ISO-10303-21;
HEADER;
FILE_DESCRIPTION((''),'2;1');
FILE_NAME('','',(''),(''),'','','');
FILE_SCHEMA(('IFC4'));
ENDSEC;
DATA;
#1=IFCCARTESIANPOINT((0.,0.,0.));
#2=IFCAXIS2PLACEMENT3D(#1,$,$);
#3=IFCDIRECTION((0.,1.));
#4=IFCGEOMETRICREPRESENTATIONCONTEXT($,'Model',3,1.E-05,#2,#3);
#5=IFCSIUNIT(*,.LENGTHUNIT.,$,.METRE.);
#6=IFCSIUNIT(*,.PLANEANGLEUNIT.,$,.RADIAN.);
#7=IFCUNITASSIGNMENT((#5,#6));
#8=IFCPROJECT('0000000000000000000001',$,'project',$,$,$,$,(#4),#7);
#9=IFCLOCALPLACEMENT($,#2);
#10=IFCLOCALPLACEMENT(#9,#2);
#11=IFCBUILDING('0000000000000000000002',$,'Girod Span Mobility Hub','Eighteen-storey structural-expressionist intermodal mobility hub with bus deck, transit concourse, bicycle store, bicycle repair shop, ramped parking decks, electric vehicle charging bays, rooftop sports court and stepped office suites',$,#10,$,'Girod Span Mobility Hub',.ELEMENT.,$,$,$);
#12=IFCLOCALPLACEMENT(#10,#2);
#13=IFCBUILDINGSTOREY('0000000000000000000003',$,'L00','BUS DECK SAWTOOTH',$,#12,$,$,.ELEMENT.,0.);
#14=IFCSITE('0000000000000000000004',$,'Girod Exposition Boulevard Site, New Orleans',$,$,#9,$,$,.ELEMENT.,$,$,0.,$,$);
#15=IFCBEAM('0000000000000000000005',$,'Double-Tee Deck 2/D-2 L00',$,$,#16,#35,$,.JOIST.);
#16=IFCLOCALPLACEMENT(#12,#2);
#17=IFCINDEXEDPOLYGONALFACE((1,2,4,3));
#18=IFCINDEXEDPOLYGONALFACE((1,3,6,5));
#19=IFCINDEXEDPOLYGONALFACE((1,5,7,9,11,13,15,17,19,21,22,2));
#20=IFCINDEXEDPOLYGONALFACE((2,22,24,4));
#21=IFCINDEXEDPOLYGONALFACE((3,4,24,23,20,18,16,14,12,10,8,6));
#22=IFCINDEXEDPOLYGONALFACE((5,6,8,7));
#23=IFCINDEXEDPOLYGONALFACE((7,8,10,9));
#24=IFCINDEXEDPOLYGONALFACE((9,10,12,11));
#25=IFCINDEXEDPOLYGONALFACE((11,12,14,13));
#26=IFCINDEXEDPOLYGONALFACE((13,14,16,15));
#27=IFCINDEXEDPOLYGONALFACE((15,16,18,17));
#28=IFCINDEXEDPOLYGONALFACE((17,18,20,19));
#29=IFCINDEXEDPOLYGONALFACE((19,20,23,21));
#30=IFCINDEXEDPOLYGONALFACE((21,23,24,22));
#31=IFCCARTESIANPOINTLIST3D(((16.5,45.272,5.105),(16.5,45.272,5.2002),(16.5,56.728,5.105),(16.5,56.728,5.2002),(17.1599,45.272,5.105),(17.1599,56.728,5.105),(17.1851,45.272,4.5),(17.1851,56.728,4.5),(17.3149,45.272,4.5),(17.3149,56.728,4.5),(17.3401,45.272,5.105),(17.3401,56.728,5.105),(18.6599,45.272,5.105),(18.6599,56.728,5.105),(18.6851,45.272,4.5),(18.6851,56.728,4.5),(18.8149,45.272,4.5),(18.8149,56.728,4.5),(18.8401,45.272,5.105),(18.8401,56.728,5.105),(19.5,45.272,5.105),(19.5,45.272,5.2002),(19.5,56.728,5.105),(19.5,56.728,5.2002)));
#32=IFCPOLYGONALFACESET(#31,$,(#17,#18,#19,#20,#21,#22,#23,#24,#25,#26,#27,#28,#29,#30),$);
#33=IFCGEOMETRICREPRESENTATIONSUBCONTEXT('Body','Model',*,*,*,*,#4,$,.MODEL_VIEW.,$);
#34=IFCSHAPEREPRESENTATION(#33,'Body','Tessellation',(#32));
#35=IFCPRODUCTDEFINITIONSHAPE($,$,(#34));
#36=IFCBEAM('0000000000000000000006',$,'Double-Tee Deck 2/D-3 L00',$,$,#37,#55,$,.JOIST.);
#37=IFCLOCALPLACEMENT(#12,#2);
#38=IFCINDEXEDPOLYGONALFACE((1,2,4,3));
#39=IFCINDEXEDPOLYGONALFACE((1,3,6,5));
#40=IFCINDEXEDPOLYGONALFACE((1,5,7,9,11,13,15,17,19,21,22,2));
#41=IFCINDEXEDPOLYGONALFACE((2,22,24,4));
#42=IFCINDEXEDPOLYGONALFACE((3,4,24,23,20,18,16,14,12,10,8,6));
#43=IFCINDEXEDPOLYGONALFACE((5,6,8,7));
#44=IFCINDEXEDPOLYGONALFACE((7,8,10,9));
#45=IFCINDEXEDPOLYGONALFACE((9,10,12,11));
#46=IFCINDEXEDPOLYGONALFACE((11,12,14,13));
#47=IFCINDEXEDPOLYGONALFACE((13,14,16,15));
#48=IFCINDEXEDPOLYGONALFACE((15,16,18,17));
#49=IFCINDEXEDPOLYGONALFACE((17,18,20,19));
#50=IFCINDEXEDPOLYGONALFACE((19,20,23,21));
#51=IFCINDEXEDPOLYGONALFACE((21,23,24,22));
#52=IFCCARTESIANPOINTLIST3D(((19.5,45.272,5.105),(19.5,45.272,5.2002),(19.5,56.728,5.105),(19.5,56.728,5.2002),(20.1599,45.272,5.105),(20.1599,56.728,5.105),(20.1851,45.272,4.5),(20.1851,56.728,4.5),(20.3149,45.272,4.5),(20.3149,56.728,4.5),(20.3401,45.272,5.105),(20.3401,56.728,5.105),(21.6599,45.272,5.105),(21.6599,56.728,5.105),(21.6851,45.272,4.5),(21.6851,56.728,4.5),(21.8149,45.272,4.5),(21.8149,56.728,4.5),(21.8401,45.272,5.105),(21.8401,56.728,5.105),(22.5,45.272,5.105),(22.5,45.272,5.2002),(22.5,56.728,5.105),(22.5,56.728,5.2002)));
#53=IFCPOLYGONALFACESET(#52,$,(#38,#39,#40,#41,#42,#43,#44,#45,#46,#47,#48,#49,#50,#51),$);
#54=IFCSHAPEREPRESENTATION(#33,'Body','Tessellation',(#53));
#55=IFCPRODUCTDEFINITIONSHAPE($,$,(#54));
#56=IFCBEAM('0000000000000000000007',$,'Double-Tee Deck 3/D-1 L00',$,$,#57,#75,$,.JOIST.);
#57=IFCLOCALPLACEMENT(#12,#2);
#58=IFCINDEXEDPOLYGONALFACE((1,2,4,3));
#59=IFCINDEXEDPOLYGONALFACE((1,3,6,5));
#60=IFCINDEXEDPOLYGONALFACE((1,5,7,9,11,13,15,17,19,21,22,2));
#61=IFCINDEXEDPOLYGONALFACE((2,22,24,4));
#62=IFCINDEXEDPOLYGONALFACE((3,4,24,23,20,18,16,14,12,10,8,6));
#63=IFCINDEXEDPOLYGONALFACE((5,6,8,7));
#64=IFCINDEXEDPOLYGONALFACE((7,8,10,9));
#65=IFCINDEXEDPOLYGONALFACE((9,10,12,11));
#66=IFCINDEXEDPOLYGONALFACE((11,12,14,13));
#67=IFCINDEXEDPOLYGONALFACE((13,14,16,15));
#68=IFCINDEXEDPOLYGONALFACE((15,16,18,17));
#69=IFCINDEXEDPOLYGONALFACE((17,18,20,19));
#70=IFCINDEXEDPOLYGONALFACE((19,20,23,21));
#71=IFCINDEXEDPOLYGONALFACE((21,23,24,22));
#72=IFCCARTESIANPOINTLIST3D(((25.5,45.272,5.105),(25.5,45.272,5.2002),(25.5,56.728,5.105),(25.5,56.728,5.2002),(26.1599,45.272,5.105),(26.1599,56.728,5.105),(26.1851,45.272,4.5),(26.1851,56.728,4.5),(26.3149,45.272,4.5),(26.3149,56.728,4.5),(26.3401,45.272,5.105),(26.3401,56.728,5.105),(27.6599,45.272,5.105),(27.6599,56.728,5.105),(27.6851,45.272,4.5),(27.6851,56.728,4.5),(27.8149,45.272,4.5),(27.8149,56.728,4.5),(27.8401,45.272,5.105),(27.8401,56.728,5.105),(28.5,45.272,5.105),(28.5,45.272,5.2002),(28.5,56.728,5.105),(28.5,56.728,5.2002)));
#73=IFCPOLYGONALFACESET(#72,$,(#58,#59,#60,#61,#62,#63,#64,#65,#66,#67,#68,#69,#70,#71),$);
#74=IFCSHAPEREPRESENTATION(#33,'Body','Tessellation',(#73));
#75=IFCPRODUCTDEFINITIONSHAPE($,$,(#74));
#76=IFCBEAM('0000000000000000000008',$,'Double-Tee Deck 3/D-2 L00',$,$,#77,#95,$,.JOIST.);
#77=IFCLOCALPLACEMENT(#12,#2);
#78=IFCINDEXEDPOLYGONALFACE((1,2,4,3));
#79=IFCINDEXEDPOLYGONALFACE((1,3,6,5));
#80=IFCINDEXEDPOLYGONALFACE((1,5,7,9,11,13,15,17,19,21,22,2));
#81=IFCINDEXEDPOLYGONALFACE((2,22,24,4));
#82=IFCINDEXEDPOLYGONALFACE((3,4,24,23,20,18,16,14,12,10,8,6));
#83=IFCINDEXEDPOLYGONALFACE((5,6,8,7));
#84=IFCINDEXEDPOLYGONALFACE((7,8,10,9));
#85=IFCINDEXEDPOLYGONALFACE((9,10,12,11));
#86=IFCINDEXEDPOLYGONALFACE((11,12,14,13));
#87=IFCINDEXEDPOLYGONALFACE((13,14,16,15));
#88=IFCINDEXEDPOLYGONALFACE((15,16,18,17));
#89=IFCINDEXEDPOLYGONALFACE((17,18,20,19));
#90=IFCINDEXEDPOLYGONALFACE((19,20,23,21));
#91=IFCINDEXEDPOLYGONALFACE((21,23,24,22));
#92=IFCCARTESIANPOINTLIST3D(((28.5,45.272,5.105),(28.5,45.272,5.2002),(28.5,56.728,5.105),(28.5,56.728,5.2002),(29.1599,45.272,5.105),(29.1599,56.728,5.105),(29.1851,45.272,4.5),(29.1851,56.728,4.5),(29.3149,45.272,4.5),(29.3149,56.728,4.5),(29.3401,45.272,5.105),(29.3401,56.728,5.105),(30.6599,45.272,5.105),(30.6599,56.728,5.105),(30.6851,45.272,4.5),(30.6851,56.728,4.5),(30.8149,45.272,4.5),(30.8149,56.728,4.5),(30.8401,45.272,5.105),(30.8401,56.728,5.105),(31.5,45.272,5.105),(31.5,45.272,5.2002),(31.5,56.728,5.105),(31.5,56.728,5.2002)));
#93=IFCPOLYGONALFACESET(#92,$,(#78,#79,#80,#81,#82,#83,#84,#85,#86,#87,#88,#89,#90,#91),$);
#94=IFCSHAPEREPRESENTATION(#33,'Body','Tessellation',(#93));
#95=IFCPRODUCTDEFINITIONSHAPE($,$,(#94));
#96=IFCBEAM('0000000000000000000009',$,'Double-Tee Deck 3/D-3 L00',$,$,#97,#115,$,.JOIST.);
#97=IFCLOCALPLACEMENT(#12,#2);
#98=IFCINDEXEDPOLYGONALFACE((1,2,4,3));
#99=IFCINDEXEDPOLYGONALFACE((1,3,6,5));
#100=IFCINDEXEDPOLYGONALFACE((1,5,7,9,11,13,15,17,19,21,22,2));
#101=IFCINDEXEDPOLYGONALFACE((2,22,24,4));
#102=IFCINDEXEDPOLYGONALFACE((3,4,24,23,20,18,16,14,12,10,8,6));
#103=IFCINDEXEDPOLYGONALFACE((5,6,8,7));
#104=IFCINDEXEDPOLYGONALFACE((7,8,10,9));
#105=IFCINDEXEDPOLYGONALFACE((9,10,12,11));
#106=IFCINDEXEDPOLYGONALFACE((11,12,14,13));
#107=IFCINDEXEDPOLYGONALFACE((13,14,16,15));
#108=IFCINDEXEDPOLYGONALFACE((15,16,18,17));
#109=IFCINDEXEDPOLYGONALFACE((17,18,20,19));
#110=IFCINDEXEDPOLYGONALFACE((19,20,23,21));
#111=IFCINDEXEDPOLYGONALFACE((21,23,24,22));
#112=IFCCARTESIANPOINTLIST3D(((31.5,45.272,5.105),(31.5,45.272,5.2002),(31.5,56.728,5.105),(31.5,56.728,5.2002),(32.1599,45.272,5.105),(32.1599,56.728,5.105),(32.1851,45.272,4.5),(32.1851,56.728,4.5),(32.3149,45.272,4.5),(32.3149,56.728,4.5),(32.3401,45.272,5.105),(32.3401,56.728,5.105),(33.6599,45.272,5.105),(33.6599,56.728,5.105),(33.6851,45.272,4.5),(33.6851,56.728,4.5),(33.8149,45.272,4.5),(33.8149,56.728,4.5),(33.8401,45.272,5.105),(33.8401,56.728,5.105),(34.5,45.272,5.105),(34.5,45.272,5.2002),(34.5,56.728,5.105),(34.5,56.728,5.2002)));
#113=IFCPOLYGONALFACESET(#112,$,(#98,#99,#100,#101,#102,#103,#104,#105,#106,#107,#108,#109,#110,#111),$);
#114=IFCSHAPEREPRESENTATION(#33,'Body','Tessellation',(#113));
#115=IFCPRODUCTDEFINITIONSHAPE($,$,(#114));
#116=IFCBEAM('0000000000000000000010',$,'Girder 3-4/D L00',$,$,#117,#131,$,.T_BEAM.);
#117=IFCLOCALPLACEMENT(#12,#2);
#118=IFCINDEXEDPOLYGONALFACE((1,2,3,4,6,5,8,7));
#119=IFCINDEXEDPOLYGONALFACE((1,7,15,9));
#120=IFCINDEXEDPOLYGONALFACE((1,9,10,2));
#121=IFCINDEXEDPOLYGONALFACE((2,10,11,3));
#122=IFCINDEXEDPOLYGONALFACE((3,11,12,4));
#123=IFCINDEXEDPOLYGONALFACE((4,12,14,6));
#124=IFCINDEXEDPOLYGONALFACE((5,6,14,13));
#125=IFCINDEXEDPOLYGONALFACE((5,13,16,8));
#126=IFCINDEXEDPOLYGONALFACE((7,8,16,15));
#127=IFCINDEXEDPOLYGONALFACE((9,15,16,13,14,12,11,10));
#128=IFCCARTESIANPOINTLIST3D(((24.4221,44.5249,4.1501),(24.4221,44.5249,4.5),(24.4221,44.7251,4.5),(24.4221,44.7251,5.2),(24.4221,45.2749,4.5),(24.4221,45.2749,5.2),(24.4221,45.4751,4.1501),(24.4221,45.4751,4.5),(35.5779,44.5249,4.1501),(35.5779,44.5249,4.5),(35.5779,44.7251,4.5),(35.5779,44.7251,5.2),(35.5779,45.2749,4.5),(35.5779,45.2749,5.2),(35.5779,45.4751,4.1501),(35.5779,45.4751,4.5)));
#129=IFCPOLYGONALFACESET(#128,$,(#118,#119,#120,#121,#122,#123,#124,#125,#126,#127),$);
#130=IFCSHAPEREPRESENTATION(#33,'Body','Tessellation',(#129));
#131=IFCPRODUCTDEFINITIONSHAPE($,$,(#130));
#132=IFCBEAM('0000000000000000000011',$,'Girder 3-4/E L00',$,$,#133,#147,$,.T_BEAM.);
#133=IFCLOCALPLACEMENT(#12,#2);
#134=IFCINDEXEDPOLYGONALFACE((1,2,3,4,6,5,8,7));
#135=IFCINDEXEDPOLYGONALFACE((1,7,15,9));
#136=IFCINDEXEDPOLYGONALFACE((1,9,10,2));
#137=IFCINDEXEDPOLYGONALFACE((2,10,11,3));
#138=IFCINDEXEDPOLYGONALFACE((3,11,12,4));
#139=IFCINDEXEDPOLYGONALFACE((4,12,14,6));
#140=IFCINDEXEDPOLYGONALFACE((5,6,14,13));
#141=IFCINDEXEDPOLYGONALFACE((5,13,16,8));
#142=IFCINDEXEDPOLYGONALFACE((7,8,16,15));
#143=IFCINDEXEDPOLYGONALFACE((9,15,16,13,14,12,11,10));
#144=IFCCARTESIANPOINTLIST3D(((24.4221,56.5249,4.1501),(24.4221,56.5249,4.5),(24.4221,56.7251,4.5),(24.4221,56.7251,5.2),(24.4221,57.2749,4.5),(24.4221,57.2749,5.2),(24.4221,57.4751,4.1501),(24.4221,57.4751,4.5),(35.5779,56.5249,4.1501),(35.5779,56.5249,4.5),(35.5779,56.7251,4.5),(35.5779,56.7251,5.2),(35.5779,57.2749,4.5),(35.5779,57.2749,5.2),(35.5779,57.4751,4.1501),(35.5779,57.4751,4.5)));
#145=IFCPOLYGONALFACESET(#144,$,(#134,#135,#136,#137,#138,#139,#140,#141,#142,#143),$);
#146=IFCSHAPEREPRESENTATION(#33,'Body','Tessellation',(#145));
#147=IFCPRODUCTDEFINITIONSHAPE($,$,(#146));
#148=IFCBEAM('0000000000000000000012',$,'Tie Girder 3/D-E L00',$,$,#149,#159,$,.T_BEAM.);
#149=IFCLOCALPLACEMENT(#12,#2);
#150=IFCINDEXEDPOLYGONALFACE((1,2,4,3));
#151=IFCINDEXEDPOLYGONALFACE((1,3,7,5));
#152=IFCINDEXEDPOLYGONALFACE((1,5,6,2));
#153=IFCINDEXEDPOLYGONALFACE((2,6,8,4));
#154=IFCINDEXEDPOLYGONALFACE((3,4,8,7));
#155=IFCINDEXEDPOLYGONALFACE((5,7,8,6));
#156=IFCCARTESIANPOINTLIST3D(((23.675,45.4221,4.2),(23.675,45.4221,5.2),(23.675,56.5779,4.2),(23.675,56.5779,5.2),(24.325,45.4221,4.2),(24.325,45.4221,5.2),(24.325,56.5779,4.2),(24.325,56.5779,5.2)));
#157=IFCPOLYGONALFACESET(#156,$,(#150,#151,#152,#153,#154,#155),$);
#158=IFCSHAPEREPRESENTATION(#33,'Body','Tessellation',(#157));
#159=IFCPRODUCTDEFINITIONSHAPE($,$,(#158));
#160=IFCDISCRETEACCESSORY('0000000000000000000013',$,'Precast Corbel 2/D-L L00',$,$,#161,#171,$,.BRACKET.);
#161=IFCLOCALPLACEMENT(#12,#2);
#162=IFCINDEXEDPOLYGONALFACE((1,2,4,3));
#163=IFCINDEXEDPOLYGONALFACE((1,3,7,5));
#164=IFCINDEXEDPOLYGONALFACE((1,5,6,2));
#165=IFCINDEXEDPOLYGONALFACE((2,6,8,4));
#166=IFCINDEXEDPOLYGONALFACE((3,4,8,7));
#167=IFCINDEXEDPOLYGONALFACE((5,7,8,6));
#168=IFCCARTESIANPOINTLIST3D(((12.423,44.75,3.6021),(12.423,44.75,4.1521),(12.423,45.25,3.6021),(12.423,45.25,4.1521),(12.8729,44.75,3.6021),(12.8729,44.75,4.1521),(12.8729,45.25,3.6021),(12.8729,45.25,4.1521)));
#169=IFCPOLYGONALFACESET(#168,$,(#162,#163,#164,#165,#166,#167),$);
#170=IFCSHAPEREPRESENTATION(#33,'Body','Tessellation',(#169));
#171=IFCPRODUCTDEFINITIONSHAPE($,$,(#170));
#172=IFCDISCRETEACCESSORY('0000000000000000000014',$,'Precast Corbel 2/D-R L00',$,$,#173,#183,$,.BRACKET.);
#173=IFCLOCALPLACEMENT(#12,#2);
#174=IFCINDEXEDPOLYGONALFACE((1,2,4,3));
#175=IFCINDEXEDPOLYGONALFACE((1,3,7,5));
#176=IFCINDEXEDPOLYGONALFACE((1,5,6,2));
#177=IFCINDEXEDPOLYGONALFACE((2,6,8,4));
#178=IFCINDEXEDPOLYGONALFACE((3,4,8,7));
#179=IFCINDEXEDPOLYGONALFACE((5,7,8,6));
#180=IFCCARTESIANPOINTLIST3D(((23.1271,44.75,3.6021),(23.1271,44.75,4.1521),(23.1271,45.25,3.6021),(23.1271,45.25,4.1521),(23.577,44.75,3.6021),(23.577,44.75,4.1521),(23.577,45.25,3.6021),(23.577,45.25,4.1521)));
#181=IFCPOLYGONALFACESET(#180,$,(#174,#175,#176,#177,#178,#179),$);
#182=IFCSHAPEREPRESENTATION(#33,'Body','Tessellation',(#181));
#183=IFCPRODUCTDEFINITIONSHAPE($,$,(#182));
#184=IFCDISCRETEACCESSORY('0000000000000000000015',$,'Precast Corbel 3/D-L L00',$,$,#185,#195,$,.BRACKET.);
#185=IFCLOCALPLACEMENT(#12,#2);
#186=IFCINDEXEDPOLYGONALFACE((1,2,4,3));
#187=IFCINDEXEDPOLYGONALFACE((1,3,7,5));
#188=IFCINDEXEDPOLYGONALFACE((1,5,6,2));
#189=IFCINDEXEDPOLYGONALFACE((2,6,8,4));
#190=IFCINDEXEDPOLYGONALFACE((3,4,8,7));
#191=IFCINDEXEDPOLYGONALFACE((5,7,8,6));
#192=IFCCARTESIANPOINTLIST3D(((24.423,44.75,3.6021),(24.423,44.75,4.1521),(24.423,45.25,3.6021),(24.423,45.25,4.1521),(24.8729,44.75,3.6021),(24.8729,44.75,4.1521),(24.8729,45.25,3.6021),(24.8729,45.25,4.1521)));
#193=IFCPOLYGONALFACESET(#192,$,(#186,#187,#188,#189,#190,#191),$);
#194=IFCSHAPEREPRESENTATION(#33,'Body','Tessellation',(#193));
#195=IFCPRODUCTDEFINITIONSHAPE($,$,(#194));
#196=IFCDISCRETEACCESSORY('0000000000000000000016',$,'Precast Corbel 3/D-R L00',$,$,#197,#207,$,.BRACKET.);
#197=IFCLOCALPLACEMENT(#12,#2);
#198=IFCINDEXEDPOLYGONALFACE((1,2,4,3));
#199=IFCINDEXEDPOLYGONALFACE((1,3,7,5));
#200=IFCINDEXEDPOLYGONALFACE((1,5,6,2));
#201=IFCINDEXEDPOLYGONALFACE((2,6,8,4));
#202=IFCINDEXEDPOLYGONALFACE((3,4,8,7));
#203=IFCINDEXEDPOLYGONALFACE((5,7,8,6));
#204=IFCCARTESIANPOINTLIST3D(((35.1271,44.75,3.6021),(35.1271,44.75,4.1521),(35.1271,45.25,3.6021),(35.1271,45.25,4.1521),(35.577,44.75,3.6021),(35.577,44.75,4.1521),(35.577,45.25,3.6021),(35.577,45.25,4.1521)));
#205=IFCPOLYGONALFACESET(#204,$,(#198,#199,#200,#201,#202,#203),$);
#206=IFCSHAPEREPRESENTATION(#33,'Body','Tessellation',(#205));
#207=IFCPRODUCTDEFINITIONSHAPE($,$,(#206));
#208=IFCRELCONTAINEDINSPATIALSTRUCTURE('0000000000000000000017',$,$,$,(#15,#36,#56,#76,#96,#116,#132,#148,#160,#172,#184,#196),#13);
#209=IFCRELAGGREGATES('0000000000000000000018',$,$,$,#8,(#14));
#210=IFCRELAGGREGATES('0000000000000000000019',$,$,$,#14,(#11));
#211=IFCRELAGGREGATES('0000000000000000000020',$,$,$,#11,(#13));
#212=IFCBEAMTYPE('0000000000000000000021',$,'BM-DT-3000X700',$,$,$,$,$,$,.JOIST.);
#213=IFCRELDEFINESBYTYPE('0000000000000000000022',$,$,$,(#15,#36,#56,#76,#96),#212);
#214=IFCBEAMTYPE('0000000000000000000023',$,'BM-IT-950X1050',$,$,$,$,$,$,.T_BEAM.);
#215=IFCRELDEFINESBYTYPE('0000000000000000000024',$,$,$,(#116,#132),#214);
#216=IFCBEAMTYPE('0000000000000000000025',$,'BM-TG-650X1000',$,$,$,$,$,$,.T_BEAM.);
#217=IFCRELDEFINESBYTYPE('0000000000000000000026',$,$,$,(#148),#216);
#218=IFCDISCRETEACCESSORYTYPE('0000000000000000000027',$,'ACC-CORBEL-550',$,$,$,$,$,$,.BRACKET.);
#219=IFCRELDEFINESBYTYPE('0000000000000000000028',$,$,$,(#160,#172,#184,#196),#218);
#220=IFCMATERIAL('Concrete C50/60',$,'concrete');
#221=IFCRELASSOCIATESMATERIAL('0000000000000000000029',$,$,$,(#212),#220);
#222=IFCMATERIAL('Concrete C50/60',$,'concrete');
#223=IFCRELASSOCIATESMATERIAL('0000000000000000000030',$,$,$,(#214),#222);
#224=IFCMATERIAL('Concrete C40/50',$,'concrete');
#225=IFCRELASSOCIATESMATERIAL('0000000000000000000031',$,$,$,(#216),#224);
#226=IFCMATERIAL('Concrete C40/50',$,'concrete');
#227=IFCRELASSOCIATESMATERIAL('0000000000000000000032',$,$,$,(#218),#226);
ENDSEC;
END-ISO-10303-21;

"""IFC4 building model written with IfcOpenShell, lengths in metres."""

from ifc_helpers import new_model, si_unit, direction, frame, origin, origin_2d, place, context, subcontext, project, spatial, polyline, rectangle, outline, extrude, material, material_profile, profile_set, type_object, element, save


model = new_model("IFC4")

# Units and contexts
model_context = context("Model", 3, precision=1e-05, world=origin(), true_north=direction((0.0, 1.0)))
body_context = subcontext(model_context, "Body", "Model", "MODEL_VIEW")
ifc_project = project(units=[si_unit("LENGTHUNIT", "METRE"), si_unit("PLANEANGLEUNIT", "RADIAN")], contexts=[model_context])

# Site, building, storey
site_placement = place(None, origin())
site = spatial("IfcSite", under=ifc_project, at=site_placement, Name="Girod Exposition Boulevard Site, New Orleans", CompositionType="ELEMENT", RefElevation=0.0)
building_placement = place(site_placement, origin())
building = spatial("IfcBuilding", under=site, at=building_placement, Name="Girod Span Mobility Hub", Description="Eighteen-storey structural-expressionist intermodal mobility hub with bus deck, transit concourse, bicycle store, bicycle repair shop, ramped parking decks, electric vehicle charging bays, rooftop sports court and stepped office suites", LongName="Girod Span Mobility Hub", CompositionType="ELEMENT")
storey_placement = place(building_placement, origin())
storey = spatial("IfcBuildingStorey", under=building, at=storey_placement, Name="L00", Description="BUS DECK SAWTOOTH", CompositionType="ELEMENT", Elevation=0.0)

# Beams
ifc_material_1 = material(Name="Concrete C50/60", Category="concrete")
ifc_material_profile_1 = material_profile(ifc_material_1, outline(polyline([(-1.5, 0.3501), (-1.5, 0.2549), (-0.8401, 0.2549), (-0.8149, -0.3501), (-0.6851, -0.3501), (-0.6599, 0.2549), (0.6599, 0.2549), (0.6851, -0.3501), (0.8149, -0.3501), (0.8401, 0.2549), (1.5, 0.2549), (1.5, 0.3501), (-1.5, 0.3501)])), Name="DT-3000X700")
ifc_profile_set_1 = profile_set([ifc_material_profile_1], Name="Concrete C50/60")
beam_type_1 = type_object("IfcBeamType", Name="BM-DT-3000X700", PredefinedType="JOIST", material=ifc_profile_set_1)
for number, where, z_axis, x_axis, name in (
    (1, (18.0, 45.272, 4.8501), (0.0, 1.0, 0.0), (-1.0, 0.0, 0.0), "Double-Tee Deck 2/D-2 L00"),
    (2, (21.0, 45.272, 4.8501), (0.0, 1.0, 0.0), (-1.0, 0.0, 0.0), "Double-Tee Deck 2/D-3 L00"),
    (3, (27.0, 45.272, 4.8501), (0.0, 1.0, 0.0), (-1.0, 0.0, 0.0), "Double-Tee Deck 3/D-1 L00"),
    (4, (30.0, 45.272, 4.8501), (0.0, 1.0, 0.0), (-1.0, 0.0, 0.0), "Double-Tee Deck 3/D-2 L00"),
    (5, (33.0, 45.272, 4.8501), (0.0, 1.0, 0.0), (-1.0, 0.0, 0.0), "Double-Tee Deck 3/D-3 L00"),
):
    element("IfcBeam", number, at=place(storey_placement, frame(where, z_axis=z_axis, x_axis=x_axis)), inside=storey, type_object=beam_type_1, Name=name, PredefinedType="JOIST", context=body_context, shape_type="SweptSolid", body=[
        extrude(outline(polyline([(-1.5, 0.3501), (-1.5, 0.2549), (-0.8401, 0.2549), (-0.8149, -0.3501), (-0.6851, -0.3501), (-0.6599, 0.2549), (0.6599, 0.2549), (0.6851, -0.3501), (0.8149, -0.3501), (0.8401, 0.2549), (1.5, 0.2549), (1.5, 0.3501), (-1.5, 0.3501)])), origin(), (0.0, 0.0, 1.0), 11.4561),
    ])
ifc_material_2 = material(Name="Concrete C50/60", Category="concrete")
ifc_material_profile_2 = material_profile(ifc_material_2, outline(polyline([(-0.4751, -0.5249), (0.4751, -0.5249), (0.4751, -0.175), (0.2749, -0.175), (0.2749, 0.5249), (-0.2749, 0.5249), (-0.2749, -0.175), (-0.4751, -0.175), (-0.4751, -0.5249)])), Name="IT-950X1050")
ifc_profile_set_2 = profile_set([ifc_material_profile_2], Name="Concrete C50/60")
beam_type_2 = type_object("IfcBeamType", Name="BM-IT-950X1050", PredefinedType="T_BEAM", material=ifc_profile_set_2)
for number, where, z_axis, x_axis, name in (
    (6, (24.4221, 45.0, 4.675), (1.0, 0.0, 0.0), (0.0, 1.0, 0.0), "Girder 3-4/D L00"),
    (7, (24.4221, 57.0, 4.675), (1.0, 0.0, 0.0), (0.0, 1.0, 0.0), "Girder 3-4/E L00"),
):
    element("IfcBeam", number, at=place(storey_placement, frame(where, z_axis=z_axis, x_axis=x_axis)), inside=storey, type_object=beam_type_2, Name=name, PredefinedType="T_BEAM", context=body_context, shape_type="SweptSolid", body=[
        extrude(outline(polyline([(-0.4751, -0.5249), (0.4751, -0.5249), (0.4751, -0.175), (0.2749, -0.175), (0.2749, 0.5249), (-0.2749, 0.5249), (-0.2749, -0.175), (-0.4751, -0.175), (-0.4751, -0.5249)])), origin(), (0.0, 0.0, 1.0), 11.1558),
    ])
ifc_material_3 = material(Name="Concrete C40/50", Category="concrete")
ifc_material_profile_3 = material_profile(ifc_material_3, rectangle(XDim=0.6499, YDim=1.0, at=origin_2d()), Name="TG-650X1000")
ifc_profile_set_3 = profile_set([ifc_material_profile_3], Name="Concrete C40/50")
beam_type_3 = type_object("IfcBeamType", Name="BM-TG-650X1000", PredefinedType="T_BEAM", material=ifc_profile_set_3)
beam_placement = place(storey_placement, frame((24.0, 45.4221, 4.7), z_axis=(0.0, 1.0, 0.0), x_axis=(-1.0, 0.0, 0.0)))
element("IfcBeam", 8, at=beam_placement, inside=storey, type_object=beam_type_3, Name="Tie Girder 3/D-E L00", PredefinedType="T_BEAM", context=body_context, shape_type="SweptSolid", body=[
    extrude(rectangle(XDim=0.6499, YDim=1.0, at=origin_2d()), origin(), (0.0, 0.0, 1.0), 11.1558),
])

# Discrete accessories
ifc_material_4 = material(Name="Concrete C40/50", Category="concrete")
discrete_accessory_type = type_object("IfcDiscreteAccessoryType", Name="ACC-CORBEL-550", PredefinedType="BRACKET", material=ifc_material_4)
for number, where, z_axis, x_axis, name in (
    (9, (12.6479, 45.0, 3.6021), (0.0, 0.0, 1.0), (1.0, 0.0, 0.0), "Precast Corbel 2/D-L L00"),
    (10, (23.3521, 45.0, 3.6021), (0.0, 0.0, 1.0), (1.0, 0.0, 0.0), "Precast Corbel 2/D-R L00"),
    (11, (24.6479, 45.0, 3.6021), (0.0, 0.0, 1.0), (1.0, 0.0, 0.0), "Precast Corbel 3/D-L L00"),
    (12, (35.3521, 45.0, 3.6021), (0.0, 0.0, 1.0), (1.0, 0.0, 0.0), "Precast Corbel 3/D-R L00"),
):
    element("IfcDiscreteAccessory", number, at=place(storey_placement, frame(where, z_axis=z_axis, x_axis=x_axis)), inside=storey, type_object=discrete_accessory_type, Name=name, PredefinedType="BRACKET", context=body_context, shape_type="SweptSolid", body=[
        extrude(rectangle(XDim=0.45, YDim=0.5, at=origin_2d()), origin(), (0.0, 0.0, 1.0), 0.55),
    ])

save(model, "model.ifc")
